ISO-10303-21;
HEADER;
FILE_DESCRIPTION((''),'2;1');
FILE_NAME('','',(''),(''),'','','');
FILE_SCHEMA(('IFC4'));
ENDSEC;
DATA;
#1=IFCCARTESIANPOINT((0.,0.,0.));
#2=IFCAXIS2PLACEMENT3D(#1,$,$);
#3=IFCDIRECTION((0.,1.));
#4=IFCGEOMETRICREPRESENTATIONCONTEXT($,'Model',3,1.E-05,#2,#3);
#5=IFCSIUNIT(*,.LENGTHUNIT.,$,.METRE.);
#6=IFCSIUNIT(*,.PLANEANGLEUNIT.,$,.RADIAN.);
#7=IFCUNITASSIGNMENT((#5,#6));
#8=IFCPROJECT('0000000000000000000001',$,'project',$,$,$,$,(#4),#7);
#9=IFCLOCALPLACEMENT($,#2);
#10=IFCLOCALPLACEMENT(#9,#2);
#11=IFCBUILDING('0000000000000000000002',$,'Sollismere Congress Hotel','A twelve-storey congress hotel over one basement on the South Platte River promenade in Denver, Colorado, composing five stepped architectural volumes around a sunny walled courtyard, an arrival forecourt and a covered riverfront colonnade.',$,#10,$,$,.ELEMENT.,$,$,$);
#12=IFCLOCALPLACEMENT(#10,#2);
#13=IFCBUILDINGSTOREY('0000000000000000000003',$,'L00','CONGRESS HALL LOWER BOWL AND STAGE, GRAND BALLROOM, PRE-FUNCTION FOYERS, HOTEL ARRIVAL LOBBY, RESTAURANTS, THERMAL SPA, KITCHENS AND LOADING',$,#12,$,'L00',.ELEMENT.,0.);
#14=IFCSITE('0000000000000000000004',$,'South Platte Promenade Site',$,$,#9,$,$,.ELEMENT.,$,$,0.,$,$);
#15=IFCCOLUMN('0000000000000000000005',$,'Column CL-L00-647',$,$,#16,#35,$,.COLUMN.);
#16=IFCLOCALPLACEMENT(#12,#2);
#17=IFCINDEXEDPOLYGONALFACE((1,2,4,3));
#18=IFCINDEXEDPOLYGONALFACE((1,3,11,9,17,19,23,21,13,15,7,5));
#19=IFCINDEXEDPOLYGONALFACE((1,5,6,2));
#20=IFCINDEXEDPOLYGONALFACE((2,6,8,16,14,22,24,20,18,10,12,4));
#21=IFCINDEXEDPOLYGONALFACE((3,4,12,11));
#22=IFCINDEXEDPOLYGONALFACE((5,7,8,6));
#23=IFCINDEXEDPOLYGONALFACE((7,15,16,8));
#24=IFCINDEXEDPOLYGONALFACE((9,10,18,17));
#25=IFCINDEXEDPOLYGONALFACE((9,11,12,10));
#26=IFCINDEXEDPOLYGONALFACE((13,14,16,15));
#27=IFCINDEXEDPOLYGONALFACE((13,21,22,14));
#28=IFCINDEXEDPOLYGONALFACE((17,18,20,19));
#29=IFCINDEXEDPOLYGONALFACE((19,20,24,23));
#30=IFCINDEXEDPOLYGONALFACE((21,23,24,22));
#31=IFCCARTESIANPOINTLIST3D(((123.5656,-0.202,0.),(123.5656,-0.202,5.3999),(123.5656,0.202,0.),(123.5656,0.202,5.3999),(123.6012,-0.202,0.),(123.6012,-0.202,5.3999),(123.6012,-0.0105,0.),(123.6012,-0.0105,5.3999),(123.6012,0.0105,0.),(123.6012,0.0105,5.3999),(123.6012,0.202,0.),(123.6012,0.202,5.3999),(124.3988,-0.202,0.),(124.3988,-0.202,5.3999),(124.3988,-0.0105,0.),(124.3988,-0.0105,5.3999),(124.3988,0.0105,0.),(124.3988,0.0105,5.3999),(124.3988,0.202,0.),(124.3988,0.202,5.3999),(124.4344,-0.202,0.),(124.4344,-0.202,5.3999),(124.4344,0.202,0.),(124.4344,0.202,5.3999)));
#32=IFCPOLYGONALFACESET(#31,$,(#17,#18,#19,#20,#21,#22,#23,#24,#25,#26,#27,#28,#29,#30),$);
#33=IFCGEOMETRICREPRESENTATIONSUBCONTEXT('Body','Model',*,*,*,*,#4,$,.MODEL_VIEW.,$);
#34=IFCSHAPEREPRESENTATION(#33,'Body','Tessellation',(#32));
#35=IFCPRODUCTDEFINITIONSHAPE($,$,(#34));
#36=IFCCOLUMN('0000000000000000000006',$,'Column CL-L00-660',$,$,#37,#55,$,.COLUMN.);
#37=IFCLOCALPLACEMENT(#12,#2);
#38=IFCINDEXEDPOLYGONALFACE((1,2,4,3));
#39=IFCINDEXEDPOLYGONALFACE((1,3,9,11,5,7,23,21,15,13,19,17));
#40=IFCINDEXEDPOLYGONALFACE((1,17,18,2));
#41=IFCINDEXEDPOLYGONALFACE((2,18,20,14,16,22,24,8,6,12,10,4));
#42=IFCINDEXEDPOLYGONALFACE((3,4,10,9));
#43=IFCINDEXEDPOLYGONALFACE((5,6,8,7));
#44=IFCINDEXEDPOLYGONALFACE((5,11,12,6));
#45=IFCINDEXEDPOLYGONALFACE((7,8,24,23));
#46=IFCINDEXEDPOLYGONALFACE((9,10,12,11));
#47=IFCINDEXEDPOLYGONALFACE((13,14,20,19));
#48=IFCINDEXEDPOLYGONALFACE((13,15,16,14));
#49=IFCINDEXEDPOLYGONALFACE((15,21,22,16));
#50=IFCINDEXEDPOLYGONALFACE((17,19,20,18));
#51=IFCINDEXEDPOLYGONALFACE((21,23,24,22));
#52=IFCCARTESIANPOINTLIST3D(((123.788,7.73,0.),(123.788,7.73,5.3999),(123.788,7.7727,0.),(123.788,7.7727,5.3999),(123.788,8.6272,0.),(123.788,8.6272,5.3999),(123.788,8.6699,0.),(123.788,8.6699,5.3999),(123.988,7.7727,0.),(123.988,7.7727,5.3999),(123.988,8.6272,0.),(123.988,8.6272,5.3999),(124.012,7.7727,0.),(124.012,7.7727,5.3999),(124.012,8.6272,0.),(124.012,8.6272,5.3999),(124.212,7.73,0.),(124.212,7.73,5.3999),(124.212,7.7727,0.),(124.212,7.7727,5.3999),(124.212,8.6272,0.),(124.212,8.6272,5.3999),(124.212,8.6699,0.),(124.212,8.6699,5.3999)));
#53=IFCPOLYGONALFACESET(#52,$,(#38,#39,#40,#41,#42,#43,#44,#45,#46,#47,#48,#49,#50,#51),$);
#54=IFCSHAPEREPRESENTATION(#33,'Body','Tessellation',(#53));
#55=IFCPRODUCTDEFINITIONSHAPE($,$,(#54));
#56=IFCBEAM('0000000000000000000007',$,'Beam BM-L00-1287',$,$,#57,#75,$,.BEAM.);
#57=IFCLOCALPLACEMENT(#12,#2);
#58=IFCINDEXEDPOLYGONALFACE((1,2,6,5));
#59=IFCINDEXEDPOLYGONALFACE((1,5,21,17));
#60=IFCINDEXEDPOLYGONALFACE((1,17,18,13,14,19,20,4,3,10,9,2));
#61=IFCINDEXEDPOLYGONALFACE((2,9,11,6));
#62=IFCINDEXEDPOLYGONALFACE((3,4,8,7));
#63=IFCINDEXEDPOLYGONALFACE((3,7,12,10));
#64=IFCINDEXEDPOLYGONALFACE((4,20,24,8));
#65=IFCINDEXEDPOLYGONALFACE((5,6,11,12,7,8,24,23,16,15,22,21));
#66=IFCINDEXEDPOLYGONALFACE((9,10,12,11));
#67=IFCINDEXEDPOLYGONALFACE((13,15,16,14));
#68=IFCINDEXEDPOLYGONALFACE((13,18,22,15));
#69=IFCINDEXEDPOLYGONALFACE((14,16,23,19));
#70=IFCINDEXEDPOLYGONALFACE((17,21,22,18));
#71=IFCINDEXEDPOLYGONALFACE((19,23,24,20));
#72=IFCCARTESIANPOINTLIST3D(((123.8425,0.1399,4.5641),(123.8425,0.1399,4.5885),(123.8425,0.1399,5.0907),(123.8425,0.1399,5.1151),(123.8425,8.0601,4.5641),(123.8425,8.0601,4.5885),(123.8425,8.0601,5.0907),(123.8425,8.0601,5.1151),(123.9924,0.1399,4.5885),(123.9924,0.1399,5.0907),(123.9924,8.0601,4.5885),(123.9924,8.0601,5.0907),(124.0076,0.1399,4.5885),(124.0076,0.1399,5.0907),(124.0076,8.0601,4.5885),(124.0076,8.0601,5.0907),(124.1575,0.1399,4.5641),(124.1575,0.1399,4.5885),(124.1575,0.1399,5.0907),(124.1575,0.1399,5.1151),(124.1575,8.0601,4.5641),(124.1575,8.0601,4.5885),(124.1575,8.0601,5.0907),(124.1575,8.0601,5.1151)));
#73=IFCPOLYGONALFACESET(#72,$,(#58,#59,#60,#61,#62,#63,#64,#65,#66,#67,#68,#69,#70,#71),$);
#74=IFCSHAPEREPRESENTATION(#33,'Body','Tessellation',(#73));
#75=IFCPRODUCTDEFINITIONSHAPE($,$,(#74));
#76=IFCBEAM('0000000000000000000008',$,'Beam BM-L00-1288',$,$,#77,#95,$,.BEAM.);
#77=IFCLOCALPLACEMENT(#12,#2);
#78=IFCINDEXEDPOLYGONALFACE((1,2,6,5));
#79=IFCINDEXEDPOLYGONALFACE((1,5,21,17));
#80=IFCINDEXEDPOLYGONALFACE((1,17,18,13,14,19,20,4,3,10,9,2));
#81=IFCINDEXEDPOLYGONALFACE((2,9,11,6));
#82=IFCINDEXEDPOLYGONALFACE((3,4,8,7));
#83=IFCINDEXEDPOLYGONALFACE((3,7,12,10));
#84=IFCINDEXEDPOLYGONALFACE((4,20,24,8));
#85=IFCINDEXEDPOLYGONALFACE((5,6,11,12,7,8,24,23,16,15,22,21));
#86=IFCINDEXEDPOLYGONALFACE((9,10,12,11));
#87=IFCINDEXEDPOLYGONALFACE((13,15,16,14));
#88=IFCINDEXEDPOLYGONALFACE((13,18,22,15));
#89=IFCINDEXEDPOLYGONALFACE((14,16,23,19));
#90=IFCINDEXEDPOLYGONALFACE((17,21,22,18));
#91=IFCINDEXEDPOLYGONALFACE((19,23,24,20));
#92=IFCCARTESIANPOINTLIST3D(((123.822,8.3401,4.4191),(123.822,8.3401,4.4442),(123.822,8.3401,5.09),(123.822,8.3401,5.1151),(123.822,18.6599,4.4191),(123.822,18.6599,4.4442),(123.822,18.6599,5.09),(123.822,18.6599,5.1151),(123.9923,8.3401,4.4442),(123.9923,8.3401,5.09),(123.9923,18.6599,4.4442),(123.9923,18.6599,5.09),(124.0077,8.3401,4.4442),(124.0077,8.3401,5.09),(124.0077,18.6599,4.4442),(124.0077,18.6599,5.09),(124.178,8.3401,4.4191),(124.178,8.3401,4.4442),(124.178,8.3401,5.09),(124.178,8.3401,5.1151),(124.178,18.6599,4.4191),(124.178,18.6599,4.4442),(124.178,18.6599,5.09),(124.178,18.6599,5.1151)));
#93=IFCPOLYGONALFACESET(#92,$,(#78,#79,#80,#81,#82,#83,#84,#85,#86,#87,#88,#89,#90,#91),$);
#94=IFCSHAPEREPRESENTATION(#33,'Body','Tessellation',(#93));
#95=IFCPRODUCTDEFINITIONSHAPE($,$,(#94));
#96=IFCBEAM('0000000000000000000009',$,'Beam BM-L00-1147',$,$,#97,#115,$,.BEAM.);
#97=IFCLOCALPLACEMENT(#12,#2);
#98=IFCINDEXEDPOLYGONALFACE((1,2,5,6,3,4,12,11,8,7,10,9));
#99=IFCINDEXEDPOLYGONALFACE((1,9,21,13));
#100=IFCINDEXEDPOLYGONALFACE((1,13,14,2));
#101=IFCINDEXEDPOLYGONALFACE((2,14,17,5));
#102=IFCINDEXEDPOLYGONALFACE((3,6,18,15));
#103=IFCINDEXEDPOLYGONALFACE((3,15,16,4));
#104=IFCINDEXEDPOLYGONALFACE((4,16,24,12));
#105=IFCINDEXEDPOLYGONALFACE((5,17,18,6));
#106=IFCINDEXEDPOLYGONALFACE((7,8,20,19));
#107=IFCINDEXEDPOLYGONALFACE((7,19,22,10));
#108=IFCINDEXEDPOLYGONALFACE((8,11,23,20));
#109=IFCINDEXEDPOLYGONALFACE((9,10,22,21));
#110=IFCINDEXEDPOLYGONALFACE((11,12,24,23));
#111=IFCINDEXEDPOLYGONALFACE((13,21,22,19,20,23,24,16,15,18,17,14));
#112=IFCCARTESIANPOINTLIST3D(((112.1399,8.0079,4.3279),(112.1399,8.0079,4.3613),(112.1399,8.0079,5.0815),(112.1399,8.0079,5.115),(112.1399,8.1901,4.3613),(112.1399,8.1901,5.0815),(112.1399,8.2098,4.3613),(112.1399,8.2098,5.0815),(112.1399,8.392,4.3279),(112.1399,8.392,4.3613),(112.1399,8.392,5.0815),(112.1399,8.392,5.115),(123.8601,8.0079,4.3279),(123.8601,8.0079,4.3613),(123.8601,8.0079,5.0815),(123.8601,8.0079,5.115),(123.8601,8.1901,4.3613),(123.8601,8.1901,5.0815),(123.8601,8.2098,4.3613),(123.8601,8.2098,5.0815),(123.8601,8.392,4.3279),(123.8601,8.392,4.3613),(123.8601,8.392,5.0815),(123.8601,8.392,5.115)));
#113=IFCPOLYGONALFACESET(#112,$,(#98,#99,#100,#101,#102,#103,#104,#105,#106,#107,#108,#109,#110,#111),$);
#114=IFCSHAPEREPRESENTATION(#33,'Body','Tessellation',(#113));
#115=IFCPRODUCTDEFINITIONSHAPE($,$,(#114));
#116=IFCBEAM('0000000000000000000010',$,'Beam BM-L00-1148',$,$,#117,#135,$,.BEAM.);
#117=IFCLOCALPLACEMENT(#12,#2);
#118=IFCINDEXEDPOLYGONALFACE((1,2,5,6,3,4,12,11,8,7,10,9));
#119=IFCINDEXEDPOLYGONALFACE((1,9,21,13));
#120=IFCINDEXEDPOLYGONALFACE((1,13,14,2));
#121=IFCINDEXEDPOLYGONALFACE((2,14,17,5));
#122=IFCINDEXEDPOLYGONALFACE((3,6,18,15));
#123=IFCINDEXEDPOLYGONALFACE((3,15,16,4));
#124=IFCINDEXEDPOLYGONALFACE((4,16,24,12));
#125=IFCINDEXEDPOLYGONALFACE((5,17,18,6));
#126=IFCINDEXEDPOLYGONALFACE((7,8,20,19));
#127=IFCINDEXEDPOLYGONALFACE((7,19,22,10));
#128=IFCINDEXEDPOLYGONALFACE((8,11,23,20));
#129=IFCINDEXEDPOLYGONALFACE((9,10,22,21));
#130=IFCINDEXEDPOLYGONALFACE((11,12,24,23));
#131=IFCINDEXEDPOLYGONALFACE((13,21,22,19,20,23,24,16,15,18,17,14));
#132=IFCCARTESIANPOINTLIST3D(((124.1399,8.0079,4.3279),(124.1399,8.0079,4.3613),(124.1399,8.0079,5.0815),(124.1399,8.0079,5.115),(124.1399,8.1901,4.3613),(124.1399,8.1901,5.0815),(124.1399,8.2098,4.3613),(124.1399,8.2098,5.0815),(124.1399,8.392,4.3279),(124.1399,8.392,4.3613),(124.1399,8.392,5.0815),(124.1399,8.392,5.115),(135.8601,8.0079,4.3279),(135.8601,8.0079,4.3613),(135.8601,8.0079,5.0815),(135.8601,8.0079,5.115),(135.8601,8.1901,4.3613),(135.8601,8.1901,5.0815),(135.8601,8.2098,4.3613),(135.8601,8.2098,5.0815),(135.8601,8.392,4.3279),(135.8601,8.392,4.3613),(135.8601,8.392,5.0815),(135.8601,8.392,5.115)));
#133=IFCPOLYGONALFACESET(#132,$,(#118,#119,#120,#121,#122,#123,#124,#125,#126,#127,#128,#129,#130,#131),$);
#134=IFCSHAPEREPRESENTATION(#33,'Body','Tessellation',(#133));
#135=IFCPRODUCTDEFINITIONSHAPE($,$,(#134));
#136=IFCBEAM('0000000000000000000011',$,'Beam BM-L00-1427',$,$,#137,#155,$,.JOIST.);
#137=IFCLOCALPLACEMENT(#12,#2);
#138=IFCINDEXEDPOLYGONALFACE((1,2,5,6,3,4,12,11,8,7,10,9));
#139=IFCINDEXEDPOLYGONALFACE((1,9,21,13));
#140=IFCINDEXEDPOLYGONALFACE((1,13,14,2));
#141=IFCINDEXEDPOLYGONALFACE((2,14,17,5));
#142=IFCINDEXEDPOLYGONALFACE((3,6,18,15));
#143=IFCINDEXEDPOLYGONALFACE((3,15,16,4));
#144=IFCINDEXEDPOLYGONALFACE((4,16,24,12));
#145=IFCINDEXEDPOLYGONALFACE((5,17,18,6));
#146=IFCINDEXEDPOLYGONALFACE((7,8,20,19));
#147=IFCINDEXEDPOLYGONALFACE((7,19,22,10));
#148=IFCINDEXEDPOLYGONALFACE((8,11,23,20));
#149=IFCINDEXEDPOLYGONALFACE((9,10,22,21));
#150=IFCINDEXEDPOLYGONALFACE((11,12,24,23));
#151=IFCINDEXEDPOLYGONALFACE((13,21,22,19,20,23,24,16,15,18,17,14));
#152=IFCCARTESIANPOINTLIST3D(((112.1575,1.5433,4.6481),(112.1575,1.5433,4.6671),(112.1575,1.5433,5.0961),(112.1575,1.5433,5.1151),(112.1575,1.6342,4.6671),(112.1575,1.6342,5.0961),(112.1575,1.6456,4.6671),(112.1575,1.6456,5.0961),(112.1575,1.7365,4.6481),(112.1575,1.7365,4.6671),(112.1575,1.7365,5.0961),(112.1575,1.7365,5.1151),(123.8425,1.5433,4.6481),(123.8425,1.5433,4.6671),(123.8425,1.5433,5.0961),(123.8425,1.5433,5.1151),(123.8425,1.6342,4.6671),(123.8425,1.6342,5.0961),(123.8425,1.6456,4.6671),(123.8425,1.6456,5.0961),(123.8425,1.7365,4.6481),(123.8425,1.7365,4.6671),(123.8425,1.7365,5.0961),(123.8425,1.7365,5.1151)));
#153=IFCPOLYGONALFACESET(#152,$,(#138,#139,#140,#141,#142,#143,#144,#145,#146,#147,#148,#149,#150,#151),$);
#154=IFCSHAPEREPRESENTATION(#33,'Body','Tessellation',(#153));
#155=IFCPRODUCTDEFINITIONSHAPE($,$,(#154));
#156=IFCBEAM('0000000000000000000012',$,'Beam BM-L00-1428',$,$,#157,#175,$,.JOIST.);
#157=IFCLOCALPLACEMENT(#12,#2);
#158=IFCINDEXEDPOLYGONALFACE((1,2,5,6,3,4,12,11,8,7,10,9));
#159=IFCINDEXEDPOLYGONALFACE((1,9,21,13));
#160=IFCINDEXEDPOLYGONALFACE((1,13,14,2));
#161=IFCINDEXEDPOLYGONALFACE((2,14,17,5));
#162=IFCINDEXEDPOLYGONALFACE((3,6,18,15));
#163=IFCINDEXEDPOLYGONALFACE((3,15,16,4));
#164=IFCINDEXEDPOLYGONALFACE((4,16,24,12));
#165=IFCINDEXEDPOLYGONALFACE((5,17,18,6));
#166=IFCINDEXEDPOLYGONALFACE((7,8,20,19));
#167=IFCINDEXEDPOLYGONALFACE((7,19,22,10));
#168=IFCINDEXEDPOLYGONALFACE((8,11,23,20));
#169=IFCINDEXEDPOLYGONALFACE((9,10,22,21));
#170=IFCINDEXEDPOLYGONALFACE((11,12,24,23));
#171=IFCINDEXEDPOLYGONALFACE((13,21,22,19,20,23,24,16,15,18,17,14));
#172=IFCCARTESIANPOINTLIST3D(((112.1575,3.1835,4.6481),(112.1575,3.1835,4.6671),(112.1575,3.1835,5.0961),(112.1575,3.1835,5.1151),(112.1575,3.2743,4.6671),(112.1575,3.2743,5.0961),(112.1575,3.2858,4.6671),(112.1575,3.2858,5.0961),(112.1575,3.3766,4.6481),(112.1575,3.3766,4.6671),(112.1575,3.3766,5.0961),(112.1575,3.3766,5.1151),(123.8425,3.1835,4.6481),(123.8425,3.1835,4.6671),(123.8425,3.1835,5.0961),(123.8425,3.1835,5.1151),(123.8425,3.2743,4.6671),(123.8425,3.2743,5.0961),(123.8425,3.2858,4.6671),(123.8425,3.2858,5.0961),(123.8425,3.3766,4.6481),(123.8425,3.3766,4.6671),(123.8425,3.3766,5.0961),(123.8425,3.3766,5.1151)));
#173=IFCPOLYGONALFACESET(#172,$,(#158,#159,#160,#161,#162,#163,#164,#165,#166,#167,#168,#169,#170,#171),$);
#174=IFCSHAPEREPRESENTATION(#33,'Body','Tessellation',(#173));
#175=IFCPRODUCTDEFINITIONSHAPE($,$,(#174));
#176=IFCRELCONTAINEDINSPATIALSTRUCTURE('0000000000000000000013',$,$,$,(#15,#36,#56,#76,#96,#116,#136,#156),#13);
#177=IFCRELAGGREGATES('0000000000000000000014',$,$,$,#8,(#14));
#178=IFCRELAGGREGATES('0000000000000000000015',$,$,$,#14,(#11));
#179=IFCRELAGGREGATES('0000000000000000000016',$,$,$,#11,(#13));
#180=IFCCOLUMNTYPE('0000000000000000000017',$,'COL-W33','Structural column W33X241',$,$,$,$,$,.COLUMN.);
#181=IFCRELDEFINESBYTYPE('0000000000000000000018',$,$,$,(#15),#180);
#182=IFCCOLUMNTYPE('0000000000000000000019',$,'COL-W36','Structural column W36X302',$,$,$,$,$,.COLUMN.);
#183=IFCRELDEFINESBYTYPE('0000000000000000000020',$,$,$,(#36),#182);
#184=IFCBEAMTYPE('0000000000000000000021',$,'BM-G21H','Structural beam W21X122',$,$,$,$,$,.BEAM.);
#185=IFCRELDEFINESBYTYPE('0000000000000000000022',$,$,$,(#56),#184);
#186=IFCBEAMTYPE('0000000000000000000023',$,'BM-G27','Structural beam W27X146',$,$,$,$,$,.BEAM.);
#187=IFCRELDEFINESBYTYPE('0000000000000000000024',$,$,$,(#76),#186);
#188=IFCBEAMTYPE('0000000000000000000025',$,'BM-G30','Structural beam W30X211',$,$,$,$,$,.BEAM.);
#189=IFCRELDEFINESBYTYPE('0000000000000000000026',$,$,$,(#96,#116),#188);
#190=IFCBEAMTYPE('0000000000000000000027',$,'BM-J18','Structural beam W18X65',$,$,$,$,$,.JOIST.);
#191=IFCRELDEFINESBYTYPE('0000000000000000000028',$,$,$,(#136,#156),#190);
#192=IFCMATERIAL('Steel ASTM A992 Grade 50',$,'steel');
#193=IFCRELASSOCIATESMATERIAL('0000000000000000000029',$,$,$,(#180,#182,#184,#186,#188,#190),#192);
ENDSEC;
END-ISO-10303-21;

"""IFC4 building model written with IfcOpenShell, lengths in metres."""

from ifc_helpers import new_model, si_unit, direction, frame, origin, origin_2d, place, context, subcontext, project, spatial, i_section, extrude, material, material_profile, profile_set, type_object, element, save


model = new_model("IFC4")

# Units and contexts
model_context = context("Model", 3, precision=1e-05, world=origin(), true_north=direction((0.0, 1.0)))
body_context = subcontext(model_context, "Body", "Model", "MODEL_VIEW")
ifc_project = project(units=[si_unit("LENGTHUNIT", "METRE"), si_unit("PLANEANGLEUNIT", "RADIAN")], contexts=[model_context])

# Site, building, storey
site_placement = place(None, origin())
site = spatial("IfcSite", under=ifc_project, at=site_placement, Name="South Platte Promenade Site", CompositionType="ELEMENT", RefElevation=0.0)
building_placement = place(site_placement, origin())
building = spatial("IfcBuilding", under=site, at=building_placement, Name="Sollismere Congress Hotel", Description="A twelve-storey congress hotel over one basement on the South Platte River promenade in Denver, Colorado, composing five stepped architectural volumes around a sunny walled courtyard, an arrival forecourt and a covered riverfront colonnade.", CompositionType="ELEMENT")
storey_placement = place(building_placement, origin())
storey = spatial("IfcBuildingStorey", under=building, at=storey_placement, Name="L00", Description="CONGRESS HALL LOWER BOWL AND STAGE, GRAND BALLROOM, PRE-FUNCTION FOYERS, HOTEL ARRIVAL LOBBY, RESTAURANTS, THERMAL SPA, KITCHENS AND LOADING", LongName="L00", CompositionType="ELEMENT", Elevation=0.0)

# Columns
ifc_material_1 = material(Name="Steel ASTM A992 Grade 50", Category="steel")
ifc_material_profile_1 = material_profile(ifc_material_1, i_section(OverallWidth=0.4041, OverallDepth=0.8689, WebThickness=0.021, FlangeThickness=0.0356, at=origin_2d()), Name="W33X241")
ifc_profile_set_1 = profile_set([ifc_material_profile_1], Name="Steel ASTM A992 Grade 50")
column_type_1 = type_object("IfcColumnType", Name="COL-W33", Description="Structural column W33X241", PredefinedType="COLUMN", material=ifc_profile_set_1)
column_1_placement = place(storey_placement, frame((124.0, 0.0, 0.0), z_axis=(0.0, 0.0, 1.0), x_axis=(0.0, 1.0, 0.0)))
element("IfcColumn", 1, at=column_1_placement, inside=storey, type_object=column_type_1, Name="Column CL-L00-647", PredefinedType="COLUMN", context=body_context, shape_type="SweptSolid", body=[
    extrude(i_section(OverallWidth=0.4041, OverallDepth=0.8689, WebThickness=0.021, FlangeThickness=0.0356, at=origin_2d()), origin(), (0.0, 0.0, 1.0), 5.3999),
])
ifc_material_profile_2 = material_profile(ifc_material_1, i_section(OverallWidth=0.4241, OverallDepth=0.9399, WebThickness=0.0239, FlangeThickness=0.0427, at=origin_2d()), Name="W36X302")
ifc_profile_set_2 = profile_set([ifc_material_profile_2], Name="Steel ASTM A992 Grade 50")
column_type_2 = type_object("IfcColumnType", Name="COL-W36", Description="Structural column W36X302", PredefinedType="COLUMN", material=ifc_profile_set_2)
column_2_placement = place(storey_placement, frame((124.0, 8.2, 0.0), z_axis=(0.0, 0.0, 1.0), x_axis=(1.0, 0.0, 0.0)))
element("IfcColumn", 2, at=column_2_placement, inside=storey, type_object=column_type_2, Name="Column CL-L00-660", PredefinedType="COLUMN", context=body_context, shape_type="SweptSolid", body=[
    extrude(i_section(OverallWidth=0.4241, OverallDepth=0.9399, WebThickness=0.0239, FlangeThickness=0.0427, at=origin_2d()), origin(), (0.0, 0.0, 1.0), 5.3999),
])

# Beams
ifc_material_profile_3 = material_profile(ifc_material_1, i_section(OverallWidth=0.3149, OverallDepth=0.551, WebThickness=0.0151, FlangeThickness=0.0244, at=origin_2d()), Name="W21X122")
ifc_profile_set_3 = profile_set([ifc_material_profile_3], Name="Steel ASTM A992 Grade 50")
beam_type_1 = type_object("IfcBeamType", Name="BM-G21H", Description="Structural beam W21X122", PredefinedType="BEAM", material=ifc_profile_set_3)
beam_1_placement = place(storey_placement, frame((124.0, 0.1399, 4.8396), z_axis=(0.0, 1.0, 0.0), x_axis=(-1.0, 0.0, 0.0)))
element("IfcBeam", 3, at=beam_1_placement, inside=storey, type_object=beam_type_1, Name="Beam BM-L00-1287", PredefinedType="BEAM", context=body_context, shape_type="SweptSolid", body=[
    extrude(i_section(OverallWidth=0.3149, OverallDepth=0.551, WebThickness=0.0151, FlangeThickness=0.0244, at=origin_2d()), origin(), (0.0, 0.0, 1.0), 7.9202),
])
ifc_material_profile_4 = material_profile(ifc_material_1, i_section(OverallWidth=0.356, OverallDepth=0.696, WebThickness=0.0154, FlangeThickness=0.0251, at=origin_2d()), Name="W27X146")
ifc_profile_set_4 = profile_set([ifc_material_profile_4], Name="Steel ASTM A992 Grade 50")
beam_type_2 = type_object("IfcBeamType", Name="BM-G27", Description="Structural beam W27X146", PredefinedType="BEAM", material=ifc_profile_set_4)
beam_2_placement = place(storey_placement, frame((124.0, 8.3401, 4.7671), z_axis=(0.0, 1.0, 0.0), x_axis=(-1.0, 0.0, 0.0)))
element("IfcBeam", 4, at=beam_2_placement, inside=storey, type_object=beam_type_2, Name="Beam BM-L00-1288", PredefinedType="BEAM", context=body_context, shape_type="SweptSolid", body=[
    extrude(i_section(OverallWidth=0.356, OverallDepth=0.696, WebThickness=0.0154, FlangeThickness=0.0251, at=origin_2d()), origin(), (0.0, 0.0, 1.0), 10.3198),
])
ifc_material_profile_5 = material_profile(ifc_material_1, i_section(OverallWidth=0.384, OverallDepth=0.7871, WebThickness=0.0198, FlangeThickness=0.0334, at=origin_2d()), Name="W30X211")
ifc_profile_set_5 = profile_set([ifc_material_profile_5], Name="Steel ASTM A992 Grade 50")
beam_type_3 = type_object("IfcBeamType", Name="BM-G30", Description="Structural beam W30X211", PredefinedType="BEAM", material=ifc_profile_set_5)
for number, where, z_axis, x_axis, name in (
    (5, (112.1399, 8.2, 4.7214), (1.0, 0.0, 0.0), (0.0, 1.0, 0.0), "Beam BM-L00-1147"),
    (6, (124.1399, 8.2, 4.7214), (1.0, 0.0, 0.0), (0.0, 1.0, 0.0), "Beam BM-L00-1148"),
):
    element("IfcBeam", number, at=place(storey_placement, frame(where, z_axis=z_axis, x_axis=x_axis)), inside=storey, type_object=beam_type_3, Name=name, PredefinedType="BEAM", context=body_context, shape_type="SweptSolid", body=[
        extrude(i_section(OverallWidth=0.384, OverallDepth=0.7871, WebThickness=0.0198, FlangeThickness=0.0334, at=origin_2d()), origin(), (0.0, 0.0, 1.0), 11.7202),
    ])
ifc_material_profile_6 = material_profile(ifc_material_1, i_section(OverallWidth=0.1931, OverallDepth=0.467, WebThickness=0.0115, FlangeThickness=0.019, at=origin_2d()), Name="W18X65")
ifc_profile_set_6 = profile_set([ifc_material_profile_6], Name="Steel ASTM A992 Grade 50")
beam_type_4 = type_object("IfcBeamType", Name="BM-J18", Description="Structural beam W18X65", PredefinedType="JOIST", material=ifc_profile_set_6)
for number, where, z_axis, x_axis, name in (
    (7, (112.1575, 1.6399, 4.8816), (1.0, 0.0, 0.0), (0.0, 1.0, 0.0), "Beam BM-L00-1427"),
    (8, (112.1575, 3.28, 4.8816), (1.0, 0.0, 0.0), (0.0, 1.0, 0.0), "Beam BM-L00-1428"),
):
    element("IfcBeam", number, at=place(storey_placement, frame(where, z_axis=z_axis, x_axis=x_axis)), inside=storey, type_object=beam_type_4, Name=name, PredefinedType="JOIST", context=body_context, shape_type="SweptSolid", body=[
        extrude(i_section(OverallWidth=0.1931, OverallDepth=0.467, WebThickness=0.0115, FlangeThickness=0.019, at=origin_2d()), origin(), (0.0, 0.0, 1.0), 11.6851),
    ])

save(model, "model.ifc")
